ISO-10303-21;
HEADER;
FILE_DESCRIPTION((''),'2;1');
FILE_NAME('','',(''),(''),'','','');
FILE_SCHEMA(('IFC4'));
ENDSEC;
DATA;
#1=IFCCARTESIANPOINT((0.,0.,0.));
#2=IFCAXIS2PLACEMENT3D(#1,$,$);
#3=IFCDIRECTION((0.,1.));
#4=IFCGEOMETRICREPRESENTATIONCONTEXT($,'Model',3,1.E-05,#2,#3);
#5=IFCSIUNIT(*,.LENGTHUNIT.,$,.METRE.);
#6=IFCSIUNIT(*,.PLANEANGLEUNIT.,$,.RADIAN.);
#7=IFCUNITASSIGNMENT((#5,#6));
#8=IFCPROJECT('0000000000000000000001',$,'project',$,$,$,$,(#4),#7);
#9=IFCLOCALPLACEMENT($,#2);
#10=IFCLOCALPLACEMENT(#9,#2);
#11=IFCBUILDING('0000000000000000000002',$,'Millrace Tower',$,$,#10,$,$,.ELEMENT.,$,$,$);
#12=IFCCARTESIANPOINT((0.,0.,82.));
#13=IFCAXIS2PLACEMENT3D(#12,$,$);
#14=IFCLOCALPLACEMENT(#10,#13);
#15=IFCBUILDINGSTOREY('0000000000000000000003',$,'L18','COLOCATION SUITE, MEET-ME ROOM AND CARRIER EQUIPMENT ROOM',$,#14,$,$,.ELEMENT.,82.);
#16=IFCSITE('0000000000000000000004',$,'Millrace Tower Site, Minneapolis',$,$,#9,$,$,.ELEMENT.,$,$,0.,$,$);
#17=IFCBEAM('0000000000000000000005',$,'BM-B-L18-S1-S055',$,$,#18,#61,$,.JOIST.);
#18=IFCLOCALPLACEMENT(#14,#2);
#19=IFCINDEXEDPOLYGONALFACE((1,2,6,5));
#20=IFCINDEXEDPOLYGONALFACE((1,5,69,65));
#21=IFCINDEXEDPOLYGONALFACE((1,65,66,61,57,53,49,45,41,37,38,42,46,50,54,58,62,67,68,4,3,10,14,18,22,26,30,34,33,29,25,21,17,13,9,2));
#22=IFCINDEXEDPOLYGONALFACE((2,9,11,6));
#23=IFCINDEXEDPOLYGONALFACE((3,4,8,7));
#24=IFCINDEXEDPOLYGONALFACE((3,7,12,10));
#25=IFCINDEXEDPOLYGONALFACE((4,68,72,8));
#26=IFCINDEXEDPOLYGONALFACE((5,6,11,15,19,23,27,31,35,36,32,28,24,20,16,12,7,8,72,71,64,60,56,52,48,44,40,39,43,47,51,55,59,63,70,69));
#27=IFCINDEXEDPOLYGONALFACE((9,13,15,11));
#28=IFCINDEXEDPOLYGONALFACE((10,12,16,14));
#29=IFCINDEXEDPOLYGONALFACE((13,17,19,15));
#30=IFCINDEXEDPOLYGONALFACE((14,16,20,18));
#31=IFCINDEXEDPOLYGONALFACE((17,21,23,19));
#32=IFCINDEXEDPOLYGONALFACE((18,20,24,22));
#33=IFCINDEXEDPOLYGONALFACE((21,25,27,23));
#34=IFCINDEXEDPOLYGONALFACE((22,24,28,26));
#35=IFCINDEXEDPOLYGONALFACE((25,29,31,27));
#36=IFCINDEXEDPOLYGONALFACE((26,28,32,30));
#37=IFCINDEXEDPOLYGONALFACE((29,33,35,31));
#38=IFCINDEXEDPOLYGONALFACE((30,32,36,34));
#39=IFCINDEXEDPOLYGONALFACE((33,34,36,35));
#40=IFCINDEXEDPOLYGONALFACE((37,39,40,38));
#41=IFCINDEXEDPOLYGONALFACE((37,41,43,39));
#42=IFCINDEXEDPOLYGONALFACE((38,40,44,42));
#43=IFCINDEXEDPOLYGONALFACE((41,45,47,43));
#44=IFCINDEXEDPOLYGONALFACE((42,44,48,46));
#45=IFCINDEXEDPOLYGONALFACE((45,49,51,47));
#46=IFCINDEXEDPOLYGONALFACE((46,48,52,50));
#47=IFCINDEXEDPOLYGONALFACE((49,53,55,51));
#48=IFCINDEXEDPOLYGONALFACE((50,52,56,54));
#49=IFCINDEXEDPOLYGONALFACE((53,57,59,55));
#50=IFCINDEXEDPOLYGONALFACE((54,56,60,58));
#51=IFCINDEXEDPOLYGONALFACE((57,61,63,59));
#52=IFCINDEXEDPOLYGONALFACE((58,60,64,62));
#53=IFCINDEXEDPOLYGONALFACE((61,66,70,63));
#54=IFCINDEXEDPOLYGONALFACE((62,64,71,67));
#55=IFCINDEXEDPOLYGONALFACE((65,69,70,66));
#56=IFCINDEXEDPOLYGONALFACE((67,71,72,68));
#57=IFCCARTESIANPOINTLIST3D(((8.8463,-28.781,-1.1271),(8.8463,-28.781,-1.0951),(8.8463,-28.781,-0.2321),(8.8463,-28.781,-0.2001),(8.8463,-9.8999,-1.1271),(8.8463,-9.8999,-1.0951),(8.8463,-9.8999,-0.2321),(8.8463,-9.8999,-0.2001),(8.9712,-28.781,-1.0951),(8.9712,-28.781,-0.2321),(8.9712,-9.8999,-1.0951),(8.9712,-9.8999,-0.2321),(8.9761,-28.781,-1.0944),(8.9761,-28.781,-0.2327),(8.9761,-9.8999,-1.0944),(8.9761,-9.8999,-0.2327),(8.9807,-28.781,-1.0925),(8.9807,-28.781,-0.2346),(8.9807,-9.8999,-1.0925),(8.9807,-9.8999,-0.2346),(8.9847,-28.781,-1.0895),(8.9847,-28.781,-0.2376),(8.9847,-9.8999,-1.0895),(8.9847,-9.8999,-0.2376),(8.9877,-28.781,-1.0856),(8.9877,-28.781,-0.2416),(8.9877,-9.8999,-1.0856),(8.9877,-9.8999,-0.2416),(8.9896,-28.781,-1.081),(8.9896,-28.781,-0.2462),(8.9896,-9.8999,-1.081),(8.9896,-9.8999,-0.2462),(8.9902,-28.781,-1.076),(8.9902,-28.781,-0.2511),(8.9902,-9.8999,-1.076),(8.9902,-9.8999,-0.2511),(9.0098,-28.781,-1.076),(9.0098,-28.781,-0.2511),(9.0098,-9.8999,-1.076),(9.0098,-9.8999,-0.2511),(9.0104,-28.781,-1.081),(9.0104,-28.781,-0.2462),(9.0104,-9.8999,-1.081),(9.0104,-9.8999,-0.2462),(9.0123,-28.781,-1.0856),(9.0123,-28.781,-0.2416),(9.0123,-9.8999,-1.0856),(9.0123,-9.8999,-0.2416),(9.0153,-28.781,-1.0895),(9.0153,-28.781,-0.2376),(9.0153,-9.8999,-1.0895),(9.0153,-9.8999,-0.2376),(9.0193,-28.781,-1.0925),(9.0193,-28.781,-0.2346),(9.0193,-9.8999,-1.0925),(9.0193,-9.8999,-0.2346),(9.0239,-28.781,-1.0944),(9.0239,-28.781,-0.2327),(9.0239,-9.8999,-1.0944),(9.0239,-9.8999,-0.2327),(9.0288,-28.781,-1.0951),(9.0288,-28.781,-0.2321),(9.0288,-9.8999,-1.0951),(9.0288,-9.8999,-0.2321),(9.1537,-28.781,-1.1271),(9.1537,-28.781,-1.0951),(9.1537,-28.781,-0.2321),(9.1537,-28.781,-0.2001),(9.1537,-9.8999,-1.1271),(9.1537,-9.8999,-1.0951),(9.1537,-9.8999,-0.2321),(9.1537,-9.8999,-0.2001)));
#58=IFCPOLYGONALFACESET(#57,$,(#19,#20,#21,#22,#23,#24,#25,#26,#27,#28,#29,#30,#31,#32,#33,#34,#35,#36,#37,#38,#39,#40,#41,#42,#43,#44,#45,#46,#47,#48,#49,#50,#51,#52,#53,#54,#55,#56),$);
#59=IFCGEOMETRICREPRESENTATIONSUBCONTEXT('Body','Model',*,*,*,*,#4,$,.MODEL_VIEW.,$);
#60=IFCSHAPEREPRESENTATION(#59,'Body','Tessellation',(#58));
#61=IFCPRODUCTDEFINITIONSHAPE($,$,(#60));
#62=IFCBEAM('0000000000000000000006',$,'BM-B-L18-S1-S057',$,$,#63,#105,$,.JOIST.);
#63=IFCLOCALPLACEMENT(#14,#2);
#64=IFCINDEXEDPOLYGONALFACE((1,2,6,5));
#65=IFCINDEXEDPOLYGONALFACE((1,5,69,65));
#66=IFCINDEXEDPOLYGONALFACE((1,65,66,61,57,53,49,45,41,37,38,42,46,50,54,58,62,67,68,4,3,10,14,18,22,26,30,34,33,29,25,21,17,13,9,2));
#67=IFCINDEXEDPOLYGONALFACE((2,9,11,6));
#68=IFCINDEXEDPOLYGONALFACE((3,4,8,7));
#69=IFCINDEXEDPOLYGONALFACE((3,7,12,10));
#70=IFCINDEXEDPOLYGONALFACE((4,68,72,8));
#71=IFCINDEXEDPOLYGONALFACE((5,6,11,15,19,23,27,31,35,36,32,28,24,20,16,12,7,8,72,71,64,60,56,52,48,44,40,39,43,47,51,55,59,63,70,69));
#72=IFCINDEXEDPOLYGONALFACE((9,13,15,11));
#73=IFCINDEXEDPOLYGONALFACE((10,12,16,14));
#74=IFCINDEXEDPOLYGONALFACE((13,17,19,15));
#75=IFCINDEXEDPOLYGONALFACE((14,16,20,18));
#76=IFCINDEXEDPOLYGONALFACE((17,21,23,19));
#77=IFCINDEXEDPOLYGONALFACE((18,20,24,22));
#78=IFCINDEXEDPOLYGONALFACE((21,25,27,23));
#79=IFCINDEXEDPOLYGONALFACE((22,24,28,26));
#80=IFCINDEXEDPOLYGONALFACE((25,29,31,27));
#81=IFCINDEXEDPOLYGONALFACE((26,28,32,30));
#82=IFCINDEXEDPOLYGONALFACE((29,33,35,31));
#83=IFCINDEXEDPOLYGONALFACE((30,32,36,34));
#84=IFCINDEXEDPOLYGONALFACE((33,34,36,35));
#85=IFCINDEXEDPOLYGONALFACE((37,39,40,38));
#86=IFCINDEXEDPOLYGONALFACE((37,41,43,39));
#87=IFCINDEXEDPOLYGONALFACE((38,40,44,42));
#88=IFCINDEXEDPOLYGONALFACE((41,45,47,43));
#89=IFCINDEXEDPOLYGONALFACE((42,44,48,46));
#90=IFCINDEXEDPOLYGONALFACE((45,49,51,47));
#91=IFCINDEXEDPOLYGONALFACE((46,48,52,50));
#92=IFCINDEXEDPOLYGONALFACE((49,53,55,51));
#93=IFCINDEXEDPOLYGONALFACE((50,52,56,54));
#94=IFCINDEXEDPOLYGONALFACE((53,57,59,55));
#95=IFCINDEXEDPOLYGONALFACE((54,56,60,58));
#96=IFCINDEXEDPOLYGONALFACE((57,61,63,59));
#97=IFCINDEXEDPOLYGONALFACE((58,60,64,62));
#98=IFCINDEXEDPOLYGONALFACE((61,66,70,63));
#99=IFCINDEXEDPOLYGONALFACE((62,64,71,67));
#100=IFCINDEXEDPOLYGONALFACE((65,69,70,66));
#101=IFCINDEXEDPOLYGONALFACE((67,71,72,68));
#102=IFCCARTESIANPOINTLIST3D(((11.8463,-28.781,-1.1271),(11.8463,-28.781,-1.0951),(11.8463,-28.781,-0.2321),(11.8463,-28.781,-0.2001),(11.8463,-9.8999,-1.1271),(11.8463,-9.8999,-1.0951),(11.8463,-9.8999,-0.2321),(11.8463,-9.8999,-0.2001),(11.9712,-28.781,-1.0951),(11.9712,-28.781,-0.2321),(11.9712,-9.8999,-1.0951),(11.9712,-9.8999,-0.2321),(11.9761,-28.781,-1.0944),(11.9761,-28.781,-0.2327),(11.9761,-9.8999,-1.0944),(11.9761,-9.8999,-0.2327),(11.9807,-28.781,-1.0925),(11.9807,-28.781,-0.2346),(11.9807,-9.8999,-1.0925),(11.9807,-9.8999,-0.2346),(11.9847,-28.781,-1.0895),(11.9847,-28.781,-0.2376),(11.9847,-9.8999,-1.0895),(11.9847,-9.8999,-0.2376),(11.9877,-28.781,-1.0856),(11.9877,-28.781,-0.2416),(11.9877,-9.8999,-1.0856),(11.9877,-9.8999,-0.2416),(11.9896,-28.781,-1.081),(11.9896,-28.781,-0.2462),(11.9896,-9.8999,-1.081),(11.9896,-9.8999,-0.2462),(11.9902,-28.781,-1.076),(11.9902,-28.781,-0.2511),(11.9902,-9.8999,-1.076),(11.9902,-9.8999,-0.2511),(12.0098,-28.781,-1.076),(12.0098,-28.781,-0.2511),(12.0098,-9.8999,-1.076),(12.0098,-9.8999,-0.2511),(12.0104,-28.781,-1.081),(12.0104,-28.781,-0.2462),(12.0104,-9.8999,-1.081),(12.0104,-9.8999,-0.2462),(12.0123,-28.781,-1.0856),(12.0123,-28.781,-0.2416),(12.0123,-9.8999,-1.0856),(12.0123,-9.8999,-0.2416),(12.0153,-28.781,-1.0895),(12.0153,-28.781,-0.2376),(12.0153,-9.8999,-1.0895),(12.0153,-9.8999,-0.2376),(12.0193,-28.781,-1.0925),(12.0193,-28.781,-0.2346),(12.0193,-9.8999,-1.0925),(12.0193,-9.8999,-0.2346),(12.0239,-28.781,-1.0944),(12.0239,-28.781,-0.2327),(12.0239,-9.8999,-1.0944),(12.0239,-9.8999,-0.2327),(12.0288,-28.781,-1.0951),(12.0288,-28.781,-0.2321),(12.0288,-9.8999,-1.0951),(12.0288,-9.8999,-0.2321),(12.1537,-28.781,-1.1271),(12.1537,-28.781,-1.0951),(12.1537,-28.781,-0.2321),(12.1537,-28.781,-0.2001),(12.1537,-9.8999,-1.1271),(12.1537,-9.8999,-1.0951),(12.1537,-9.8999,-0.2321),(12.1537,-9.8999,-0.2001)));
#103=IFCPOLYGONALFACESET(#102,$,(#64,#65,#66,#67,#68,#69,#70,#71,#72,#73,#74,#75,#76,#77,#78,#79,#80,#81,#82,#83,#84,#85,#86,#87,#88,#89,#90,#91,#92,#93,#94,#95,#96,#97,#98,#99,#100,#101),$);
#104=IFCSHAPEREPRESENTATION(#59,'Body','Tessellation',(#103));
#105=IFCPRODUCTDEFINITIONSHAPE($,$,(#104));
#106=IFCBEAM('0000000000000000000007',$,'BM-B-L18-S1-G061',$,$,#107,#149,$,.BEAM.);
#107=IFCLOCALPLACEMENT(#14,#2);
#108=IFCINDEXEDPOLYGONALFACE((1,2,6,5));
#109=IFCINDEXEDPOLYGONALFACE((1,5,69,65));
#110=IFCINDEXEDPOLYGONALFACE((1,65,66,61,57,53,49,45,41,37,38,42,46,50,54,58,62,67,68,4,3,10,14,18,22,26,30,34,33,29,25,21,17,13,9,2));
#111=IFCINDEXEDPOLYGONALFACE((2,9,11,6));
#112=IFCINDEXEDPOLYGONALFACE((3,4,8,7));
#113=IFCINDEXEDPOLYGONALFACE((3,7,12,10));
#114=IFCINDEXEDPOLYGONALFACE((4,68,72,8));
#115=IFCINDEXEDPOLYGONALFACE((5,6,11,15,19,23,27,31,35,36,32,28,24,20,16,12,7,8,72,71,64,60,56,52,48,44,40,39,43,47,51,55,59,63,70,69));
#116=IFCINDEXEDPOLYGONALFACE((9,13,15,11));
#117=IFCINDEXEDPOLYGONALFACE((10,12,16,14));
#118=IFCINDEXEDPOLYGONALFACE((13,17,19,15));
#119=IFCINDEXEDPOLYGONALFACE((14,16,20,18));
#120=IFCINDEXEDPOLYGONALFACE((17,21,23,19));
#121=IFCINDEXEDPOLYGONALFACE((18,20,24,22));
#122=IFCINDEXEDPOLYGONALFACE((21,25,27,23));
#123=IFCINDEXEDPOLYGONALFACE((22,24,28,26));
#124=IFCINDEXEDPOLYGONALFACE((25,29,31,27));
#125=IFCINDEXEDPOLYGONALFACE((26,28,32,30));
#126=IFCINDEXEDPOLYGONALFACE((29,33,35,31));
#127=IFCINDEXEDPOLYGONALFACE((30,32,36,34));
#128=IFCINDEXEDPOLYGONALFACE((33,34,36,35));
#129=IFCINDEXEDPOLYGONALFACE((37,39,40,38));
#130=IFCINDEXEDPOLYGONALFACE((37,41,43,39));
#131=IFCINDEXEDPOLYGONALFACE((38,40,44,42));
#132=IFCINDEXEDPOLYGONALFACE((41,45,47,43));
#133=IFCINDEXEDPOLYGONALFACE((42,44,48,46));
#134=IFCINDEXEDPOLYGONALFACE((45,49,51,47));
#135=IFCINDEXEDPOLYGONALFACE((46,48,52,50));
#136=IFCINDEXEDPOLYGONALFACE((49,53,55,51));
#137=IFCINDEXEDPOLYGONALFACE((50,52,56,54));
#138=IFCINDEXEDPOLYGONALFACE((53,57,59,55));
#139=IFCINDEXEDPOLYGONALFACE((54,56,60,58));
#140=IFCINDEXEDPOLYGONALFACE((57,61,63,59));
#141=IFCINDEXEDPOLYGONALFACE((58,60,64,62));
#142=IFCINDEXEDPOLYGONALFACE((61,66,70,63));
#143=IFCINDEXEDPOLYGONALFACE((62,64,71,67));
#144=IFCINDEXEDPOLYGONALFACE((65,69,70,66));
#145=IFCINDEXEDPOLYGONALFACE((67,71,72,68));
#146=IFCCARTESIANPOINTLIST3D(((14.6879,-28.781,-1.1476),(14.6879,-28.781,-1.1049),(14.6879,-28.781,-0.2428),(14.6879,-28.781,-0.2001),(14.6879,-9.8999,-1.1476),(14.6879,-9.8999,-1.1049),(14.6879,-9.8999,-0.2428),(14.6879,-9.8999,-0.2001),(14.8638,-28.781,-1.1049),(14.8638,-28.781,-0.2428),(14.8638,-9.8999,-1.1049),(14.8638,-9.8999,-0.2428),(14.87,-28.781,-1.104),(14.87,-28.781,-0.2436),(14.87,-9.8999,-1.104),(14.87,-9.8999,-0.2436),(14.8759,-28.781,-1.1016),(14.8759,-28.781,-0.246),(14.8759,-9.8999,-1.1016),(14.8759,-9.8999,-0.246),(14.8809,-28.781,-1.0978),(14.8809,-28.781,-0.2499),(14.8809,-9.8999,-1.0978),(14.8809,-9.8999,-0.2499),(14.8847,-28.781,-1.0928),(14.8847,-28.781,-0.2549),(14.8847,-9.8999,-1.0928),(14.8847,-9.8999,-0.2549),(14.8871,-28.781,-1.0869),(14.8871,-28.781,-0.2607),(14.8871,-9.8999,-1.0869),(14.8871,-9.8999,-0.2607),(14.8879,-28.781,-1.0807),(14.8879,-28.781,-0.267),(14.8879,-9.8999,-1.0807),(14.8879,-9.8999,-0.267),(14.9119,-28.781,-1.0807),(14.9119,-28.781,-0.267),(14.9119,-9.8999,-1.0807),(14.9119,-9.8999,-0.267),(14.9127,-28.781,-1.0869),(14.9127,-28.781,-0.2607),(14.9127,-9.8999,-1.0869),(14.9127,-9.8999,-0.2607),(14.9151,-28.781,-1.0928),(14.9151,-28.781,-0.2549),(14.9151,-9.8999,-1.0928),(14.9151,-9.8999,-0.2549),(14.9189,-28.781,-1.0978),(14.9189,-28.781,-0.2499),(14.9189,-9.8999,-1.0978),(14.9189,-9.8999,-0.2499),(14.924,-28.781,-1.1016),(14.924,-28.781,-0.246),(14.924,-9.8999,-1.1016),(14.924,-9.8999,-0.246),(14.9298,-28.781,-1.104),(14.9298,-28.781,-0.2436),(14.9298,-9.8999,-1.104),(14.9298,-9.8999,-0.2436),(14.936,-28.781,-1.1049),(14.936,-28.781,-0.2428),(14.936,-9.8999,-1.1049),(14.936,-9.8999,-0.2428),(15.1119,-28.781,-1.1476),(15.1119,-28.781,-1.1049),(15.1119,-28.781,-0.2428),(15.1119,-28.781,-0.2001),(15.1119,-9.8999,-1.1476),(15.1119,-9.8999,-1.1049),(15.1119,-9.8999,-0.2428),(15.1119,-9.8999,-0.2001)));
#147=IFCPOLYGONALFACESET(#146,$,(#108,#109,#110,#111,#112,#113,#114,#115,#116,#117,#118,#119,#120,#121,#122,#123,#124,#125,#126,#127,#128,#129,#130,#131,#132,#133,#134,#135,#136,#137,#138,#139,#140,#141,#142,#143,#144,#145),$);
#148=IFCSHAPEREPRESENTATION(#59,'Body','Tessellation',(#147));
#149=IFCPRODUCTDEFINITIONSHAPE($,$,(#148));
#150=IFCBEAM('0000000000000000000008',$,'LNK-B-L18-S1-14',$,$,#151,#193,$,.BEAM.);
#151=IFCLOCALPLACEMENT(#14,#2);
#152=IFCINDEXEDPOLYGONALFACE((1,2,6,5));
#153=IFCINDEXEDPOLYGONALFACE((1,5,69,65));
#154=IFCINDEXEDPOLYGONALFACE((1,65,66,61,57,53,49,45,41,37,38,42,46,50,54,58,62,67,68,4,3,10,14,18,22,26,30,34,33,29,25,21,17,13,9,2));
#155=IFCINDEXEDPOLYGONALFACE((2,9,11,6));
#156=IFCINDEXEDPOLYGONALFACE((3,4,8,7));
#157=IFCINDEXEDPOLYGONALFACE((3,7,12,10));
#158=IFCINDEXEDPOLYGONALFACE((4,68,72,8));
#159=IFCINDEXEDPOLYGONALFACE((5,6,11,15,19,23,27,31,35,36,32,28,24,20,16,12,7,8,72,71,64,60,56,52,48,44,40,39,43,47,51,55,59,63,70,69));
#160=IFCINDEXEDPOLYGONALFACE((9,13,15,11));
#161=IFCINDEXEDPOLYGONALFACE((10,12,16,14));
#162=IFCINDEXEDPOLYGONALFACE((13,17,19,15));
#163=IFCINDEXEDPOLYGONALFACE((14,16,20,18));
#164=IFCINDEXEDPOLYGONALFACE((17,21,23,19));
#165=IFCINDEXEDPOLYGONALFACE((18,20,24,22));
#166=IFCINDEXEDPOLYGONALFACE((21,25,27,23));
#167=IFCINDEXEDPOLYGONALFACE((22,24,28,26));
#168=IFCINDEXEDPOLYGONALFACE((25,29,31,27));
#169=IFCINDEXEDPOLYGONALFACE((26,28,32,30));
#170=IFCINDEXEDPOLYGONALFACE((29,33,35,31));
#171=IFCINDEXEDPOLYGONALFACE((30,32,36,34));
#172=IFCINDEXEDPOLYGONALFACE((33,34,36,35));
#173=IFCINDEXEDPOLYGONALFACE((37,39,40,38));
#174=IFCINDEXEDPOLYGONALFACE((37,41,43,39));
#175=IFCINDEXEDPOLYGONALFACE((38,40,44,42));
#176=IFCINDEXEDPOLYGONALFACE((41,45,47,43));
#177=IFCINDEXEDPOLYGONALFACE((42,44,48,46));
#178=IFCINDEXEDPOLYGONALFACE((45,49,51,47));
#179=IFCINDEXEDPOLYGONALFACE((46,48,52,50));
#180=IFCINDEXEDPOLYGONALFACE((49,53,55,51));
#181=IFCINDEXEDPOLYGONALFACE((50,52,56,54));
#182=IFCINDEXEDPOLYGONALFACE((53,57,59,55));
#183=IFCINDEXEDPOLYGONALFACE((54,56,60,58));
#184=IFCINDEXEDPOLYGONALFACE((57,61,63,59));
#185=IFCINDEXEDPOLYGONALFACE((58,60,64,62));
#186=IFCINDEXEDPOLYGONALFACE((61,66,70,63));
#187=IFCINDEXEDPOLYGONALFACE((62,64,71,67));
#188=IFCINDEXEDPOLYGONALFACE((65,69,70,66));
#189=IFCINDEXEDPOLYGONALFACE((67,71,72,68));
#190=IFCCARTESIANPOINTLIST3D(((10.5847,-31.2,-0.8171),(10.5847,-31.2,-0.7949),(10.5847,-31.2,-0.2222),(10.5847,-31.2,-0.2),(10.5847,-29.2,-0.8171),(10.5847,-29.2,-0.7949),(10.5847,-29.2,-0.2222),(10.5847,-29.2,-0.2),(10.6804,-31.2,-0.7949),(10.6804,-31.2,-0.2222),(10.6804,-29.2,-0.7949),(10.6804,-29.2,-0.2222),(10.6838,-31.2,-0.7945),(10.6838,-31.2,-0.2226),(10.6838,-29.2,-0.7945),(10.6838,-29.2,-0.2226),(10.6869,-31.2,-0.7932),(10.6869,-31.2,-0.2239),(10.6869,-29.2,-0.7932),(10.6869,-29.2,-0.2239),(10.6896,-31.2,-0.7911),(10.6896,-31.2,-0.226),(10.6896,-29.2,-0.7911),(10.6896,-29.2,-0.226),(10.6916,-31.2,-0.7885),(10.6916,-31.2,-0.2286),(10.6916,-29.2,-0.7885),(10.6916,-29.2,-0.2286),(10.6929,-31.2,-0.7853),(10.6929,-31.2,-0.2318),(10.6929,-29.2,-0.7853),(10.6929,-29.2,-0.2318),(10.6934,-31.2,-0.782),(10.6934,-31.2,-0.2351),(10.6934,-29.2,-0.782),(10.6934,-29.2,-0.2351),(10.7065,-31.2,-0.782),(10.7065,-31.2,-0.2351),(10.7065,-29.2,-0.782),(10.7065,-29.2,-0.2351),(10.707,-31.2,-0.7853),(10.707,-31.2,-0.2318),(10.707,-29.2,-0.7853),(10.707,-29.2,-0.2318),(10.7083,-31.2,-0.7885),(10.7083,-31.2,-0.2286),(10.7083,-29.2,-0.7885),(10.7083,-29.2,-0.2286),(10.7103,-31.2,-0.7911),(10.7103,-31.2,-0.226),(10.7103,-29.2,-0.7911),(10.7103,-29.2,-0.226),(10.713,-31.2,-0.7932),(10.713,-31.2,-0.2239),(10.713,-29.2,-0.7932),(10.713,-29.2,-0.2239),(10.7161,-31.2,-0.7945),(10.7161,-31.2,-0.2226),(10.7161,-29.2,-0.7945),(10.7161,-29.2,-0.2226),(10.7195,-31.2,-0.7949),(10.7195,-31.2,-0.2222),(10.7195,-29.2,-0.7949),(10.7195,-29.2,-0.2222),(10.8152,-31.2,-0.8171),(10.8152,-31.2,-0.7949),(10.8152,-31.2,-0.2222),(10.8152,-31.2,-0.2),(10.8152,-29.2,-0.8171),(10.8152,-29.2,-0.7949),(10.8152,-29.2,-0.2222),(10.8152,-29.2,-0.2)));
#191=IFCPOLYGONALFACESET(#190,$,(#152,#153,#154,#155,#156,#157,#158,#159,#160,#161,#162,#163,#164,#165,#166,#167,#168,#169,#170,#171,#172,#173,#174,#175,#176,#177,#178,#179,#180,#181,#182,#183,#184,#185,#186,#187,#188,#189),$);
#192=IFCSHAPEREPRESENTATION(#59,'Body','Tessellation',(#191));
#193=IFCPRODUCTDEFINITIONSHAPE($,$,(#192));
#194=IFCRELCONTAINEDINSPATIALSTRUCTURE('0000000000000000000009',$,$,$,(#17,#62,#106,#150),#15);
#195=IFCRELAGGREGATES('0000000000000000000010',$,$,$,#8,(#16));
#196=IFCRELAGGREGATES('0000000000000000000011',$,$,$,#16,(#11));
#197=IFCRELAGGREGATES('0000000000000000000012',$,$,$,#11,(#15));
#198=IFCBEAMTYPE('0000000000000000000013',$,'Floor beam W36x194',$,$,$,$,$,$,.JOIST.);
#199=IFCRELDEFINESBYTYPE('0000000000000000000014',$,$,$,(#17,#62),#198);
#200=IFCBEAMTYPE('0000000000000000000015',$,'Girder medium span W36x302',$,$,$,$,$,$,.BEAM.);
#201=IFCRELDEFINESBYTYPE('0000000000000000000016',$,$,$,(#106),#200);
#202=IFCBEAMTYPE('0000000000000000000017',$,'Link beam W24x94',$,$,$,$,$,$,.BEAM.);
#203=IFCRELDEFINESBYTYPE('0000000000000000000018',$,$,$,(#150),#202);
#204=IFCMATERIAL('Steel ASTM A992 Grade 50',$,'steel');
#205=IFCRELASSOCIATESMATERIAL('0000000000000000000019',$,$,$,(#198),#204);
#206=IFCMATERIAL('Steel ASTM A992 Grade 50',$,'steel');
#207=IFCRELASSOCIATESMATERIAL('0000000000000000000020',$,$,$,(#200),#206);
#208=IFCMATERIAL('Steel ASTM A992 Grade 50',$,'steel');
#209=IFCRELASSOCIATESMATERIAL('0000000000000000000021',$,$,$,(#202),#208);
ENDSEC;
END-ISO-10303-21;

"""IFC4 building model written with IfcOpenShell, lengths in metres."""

from ifc_helpers import new_model, si_unit, direction, frame, origin, origin_2d, place, context, subcontext, project, spatial, i_section, extrude, material, material_profile, profile_set, type_object, element, save


model = new_model("IFC4")

# Units and contexts
model_context = context("Model", 3, precision=1e-05, world=origin(), true_north=direction((0.0, 1.0)))
body_context = subcontext(model_context, "Body", "Model", "MODEL_VIEW")
ifc_project = project(units=[si_unit("LENGTHUNIT", "METRE"), si_unit("PLANEANGLEUNIT", "RADIAN")], contexts=[model_context])

# Site, building, storey
site_placement = place(None, origin())
site = spatial("IfcSite", under=ifc_project, at=site_placement, Name="Millrace Tower Site, Minneapolis", CompositionType="ELEMENT", RefElevation=0.0)
building_placement = place(site_placement, origin())
building = spatial("IfcBuilding", under=site, at=building_placement, Name="Millrace Tower", CompositionType="ELEMENT")
storey_placement = place(building_placement, frame((0.0, 0.0, 82.0)))
storey = spatial("IfcBuildingStorey", under=building, at=storey_placement, Name="L18", Description="COLOCATION SUITE, MEET-ME ROOM AND CARRIER EQUIPMENT ROOM", CompositionType="ELEMENT", Elevation=82.0)

# Beams
ifc_material_1 = material(Name="Steel ASTM A992 Grade 50", Category="steel")
ifc_material_profile_1 = material_profile(ifc_material_1, i_section(OverallWidth=0.3074, OverallDepth=0.927, WebThickness=0.0195, FlangeThickness=0.032, FilletRadius=0.019, at=origin_2d()))
ifc_profile_set_1 = profile_set([ifc_material_profile_1], Name="Steel ASTM A992 Grade 50")
beam_type_1 = type_object("IfcBeamType", Name="Floor beam W36x194", PredefinedType="JOIST", material=ifc_profile_set_1)
for number, where, z_axis, x_axis, name in (
    (1, (9.0, -28.781, -0.6636), (0.0, 1.0, 0.0), (-1.0, 0.0, 0.0), "BM-B-L18-S1-S055"),
    (2, (12.0, -28.781, -0.6636), (0.0, 1.0, 0.0), (-1.0, 0.0, 0.0), "BM-B-L18-S1-S057"),
):
    element("IfcBeam", number, at=place(storey_placement, frame(where, z_axis=z_axis, x_axis=x_axis)), inside=storey, type_object=beam_type_1, Name=name, PredefinedType="JOIST", context=body_context, shape_type="SweptSolid", body=[
        extrude(i_section(OverallWidth=0.3074, OverallDepth=0.927, WebThickness=0.0195, FlangeThickness=0.032, FilletRadius=0.019, at=origin_2d()), origin(), (0.0, 0.0, 1.0), 18.8811),
    ])
ifc_material_2 = material(Name="Steel ASTM A992 Grade 50", Category="steel")
ifc_material_profile_2 = material_profile(ifc_material_2, i_section(OverallWidth=0.4241, OverallDepth=0.9475, WebThickness=0.0239, FlangeThickness=0.0427, FilletRadius=0.0242, at=origin_2d()))
ifc_profile_set_2 = profile_set([ifc_material_profile_2], Name="Steel ASTM A992 Grade 50")
beam_type_2 = type_object("IfcBeamType", Name="Girder medium span W36x302", PredefinedType="BEAM", material=ifc_profile_set_2)
beam_1_placement = place(storey_placement, frame((14.8999, -28.781, -0.6738), z_axis=(0.0, 1.0, 0.0), x_axis=(-1.0, 0.0, 0.0)))
element("IfcBeam", 3, at=beam_1_placement, inside=storey, type_object=beam_type_2, Name="BM-B-L18-S1-G061", PredefinedType="BEAM", context=body_context, shape_type="SweptSolid", body=[
    extrude(i_section(OverallWidth=0.4241, OverallDepth=0.9475, WebThickness=0.0239, FlangeThickness=0.0427, FilletRadius=0.0242, at=origin_2d()), origin(), (0.0, 0.0, 1.0), 18.8811),
])
ifc_material_3 = material(Name="Steel ASTM A992 Grade 50", Category="steel")
ifc_material_profile_3 = material_profile(ifc_material_3, i_section(OverallWidth=0.2305, OverallDepth=0.6172, WebThickness=0.0132, FlangeThickness=0.0222, FilletRadius=0.0129, at=origin_2d()))
ifc_profile_set_3 = profile_set([ifc_material_profile_3], Name="Steel ASTM A992 Grade 50")
beam_type_3 = type_object("IfcBeamType", Name="Link beam W24x94", PredefinedType="BEAM", material=ifc_profile_set_3)
beam_2_placement = place(storey_placement, frame((10.7, -29.2, -0.5085), z_axis=(0.0, -1.0, 0.0), x_axis=(1.0, 0.0, 0.0)))
element("IfcBeam", 4, at=beam_2_placement, inside=storey, type_object=beam_type_3, Name="LNK-B-L18-S1-14", PredefinedType="BEAM", context=body_context, shape_type="SweptSolid", body=[
    extrude(i_section(OverallWidth=0.2305, OverallDepth=0.6172, WebThickness=0.0132, FlangeThickness=0.0222, FilletRadius=0.0129, at=origin_2d()), origin(), (0.0, 0.0, 1.0), 2.0),
])

save(model, "model.ifc")
